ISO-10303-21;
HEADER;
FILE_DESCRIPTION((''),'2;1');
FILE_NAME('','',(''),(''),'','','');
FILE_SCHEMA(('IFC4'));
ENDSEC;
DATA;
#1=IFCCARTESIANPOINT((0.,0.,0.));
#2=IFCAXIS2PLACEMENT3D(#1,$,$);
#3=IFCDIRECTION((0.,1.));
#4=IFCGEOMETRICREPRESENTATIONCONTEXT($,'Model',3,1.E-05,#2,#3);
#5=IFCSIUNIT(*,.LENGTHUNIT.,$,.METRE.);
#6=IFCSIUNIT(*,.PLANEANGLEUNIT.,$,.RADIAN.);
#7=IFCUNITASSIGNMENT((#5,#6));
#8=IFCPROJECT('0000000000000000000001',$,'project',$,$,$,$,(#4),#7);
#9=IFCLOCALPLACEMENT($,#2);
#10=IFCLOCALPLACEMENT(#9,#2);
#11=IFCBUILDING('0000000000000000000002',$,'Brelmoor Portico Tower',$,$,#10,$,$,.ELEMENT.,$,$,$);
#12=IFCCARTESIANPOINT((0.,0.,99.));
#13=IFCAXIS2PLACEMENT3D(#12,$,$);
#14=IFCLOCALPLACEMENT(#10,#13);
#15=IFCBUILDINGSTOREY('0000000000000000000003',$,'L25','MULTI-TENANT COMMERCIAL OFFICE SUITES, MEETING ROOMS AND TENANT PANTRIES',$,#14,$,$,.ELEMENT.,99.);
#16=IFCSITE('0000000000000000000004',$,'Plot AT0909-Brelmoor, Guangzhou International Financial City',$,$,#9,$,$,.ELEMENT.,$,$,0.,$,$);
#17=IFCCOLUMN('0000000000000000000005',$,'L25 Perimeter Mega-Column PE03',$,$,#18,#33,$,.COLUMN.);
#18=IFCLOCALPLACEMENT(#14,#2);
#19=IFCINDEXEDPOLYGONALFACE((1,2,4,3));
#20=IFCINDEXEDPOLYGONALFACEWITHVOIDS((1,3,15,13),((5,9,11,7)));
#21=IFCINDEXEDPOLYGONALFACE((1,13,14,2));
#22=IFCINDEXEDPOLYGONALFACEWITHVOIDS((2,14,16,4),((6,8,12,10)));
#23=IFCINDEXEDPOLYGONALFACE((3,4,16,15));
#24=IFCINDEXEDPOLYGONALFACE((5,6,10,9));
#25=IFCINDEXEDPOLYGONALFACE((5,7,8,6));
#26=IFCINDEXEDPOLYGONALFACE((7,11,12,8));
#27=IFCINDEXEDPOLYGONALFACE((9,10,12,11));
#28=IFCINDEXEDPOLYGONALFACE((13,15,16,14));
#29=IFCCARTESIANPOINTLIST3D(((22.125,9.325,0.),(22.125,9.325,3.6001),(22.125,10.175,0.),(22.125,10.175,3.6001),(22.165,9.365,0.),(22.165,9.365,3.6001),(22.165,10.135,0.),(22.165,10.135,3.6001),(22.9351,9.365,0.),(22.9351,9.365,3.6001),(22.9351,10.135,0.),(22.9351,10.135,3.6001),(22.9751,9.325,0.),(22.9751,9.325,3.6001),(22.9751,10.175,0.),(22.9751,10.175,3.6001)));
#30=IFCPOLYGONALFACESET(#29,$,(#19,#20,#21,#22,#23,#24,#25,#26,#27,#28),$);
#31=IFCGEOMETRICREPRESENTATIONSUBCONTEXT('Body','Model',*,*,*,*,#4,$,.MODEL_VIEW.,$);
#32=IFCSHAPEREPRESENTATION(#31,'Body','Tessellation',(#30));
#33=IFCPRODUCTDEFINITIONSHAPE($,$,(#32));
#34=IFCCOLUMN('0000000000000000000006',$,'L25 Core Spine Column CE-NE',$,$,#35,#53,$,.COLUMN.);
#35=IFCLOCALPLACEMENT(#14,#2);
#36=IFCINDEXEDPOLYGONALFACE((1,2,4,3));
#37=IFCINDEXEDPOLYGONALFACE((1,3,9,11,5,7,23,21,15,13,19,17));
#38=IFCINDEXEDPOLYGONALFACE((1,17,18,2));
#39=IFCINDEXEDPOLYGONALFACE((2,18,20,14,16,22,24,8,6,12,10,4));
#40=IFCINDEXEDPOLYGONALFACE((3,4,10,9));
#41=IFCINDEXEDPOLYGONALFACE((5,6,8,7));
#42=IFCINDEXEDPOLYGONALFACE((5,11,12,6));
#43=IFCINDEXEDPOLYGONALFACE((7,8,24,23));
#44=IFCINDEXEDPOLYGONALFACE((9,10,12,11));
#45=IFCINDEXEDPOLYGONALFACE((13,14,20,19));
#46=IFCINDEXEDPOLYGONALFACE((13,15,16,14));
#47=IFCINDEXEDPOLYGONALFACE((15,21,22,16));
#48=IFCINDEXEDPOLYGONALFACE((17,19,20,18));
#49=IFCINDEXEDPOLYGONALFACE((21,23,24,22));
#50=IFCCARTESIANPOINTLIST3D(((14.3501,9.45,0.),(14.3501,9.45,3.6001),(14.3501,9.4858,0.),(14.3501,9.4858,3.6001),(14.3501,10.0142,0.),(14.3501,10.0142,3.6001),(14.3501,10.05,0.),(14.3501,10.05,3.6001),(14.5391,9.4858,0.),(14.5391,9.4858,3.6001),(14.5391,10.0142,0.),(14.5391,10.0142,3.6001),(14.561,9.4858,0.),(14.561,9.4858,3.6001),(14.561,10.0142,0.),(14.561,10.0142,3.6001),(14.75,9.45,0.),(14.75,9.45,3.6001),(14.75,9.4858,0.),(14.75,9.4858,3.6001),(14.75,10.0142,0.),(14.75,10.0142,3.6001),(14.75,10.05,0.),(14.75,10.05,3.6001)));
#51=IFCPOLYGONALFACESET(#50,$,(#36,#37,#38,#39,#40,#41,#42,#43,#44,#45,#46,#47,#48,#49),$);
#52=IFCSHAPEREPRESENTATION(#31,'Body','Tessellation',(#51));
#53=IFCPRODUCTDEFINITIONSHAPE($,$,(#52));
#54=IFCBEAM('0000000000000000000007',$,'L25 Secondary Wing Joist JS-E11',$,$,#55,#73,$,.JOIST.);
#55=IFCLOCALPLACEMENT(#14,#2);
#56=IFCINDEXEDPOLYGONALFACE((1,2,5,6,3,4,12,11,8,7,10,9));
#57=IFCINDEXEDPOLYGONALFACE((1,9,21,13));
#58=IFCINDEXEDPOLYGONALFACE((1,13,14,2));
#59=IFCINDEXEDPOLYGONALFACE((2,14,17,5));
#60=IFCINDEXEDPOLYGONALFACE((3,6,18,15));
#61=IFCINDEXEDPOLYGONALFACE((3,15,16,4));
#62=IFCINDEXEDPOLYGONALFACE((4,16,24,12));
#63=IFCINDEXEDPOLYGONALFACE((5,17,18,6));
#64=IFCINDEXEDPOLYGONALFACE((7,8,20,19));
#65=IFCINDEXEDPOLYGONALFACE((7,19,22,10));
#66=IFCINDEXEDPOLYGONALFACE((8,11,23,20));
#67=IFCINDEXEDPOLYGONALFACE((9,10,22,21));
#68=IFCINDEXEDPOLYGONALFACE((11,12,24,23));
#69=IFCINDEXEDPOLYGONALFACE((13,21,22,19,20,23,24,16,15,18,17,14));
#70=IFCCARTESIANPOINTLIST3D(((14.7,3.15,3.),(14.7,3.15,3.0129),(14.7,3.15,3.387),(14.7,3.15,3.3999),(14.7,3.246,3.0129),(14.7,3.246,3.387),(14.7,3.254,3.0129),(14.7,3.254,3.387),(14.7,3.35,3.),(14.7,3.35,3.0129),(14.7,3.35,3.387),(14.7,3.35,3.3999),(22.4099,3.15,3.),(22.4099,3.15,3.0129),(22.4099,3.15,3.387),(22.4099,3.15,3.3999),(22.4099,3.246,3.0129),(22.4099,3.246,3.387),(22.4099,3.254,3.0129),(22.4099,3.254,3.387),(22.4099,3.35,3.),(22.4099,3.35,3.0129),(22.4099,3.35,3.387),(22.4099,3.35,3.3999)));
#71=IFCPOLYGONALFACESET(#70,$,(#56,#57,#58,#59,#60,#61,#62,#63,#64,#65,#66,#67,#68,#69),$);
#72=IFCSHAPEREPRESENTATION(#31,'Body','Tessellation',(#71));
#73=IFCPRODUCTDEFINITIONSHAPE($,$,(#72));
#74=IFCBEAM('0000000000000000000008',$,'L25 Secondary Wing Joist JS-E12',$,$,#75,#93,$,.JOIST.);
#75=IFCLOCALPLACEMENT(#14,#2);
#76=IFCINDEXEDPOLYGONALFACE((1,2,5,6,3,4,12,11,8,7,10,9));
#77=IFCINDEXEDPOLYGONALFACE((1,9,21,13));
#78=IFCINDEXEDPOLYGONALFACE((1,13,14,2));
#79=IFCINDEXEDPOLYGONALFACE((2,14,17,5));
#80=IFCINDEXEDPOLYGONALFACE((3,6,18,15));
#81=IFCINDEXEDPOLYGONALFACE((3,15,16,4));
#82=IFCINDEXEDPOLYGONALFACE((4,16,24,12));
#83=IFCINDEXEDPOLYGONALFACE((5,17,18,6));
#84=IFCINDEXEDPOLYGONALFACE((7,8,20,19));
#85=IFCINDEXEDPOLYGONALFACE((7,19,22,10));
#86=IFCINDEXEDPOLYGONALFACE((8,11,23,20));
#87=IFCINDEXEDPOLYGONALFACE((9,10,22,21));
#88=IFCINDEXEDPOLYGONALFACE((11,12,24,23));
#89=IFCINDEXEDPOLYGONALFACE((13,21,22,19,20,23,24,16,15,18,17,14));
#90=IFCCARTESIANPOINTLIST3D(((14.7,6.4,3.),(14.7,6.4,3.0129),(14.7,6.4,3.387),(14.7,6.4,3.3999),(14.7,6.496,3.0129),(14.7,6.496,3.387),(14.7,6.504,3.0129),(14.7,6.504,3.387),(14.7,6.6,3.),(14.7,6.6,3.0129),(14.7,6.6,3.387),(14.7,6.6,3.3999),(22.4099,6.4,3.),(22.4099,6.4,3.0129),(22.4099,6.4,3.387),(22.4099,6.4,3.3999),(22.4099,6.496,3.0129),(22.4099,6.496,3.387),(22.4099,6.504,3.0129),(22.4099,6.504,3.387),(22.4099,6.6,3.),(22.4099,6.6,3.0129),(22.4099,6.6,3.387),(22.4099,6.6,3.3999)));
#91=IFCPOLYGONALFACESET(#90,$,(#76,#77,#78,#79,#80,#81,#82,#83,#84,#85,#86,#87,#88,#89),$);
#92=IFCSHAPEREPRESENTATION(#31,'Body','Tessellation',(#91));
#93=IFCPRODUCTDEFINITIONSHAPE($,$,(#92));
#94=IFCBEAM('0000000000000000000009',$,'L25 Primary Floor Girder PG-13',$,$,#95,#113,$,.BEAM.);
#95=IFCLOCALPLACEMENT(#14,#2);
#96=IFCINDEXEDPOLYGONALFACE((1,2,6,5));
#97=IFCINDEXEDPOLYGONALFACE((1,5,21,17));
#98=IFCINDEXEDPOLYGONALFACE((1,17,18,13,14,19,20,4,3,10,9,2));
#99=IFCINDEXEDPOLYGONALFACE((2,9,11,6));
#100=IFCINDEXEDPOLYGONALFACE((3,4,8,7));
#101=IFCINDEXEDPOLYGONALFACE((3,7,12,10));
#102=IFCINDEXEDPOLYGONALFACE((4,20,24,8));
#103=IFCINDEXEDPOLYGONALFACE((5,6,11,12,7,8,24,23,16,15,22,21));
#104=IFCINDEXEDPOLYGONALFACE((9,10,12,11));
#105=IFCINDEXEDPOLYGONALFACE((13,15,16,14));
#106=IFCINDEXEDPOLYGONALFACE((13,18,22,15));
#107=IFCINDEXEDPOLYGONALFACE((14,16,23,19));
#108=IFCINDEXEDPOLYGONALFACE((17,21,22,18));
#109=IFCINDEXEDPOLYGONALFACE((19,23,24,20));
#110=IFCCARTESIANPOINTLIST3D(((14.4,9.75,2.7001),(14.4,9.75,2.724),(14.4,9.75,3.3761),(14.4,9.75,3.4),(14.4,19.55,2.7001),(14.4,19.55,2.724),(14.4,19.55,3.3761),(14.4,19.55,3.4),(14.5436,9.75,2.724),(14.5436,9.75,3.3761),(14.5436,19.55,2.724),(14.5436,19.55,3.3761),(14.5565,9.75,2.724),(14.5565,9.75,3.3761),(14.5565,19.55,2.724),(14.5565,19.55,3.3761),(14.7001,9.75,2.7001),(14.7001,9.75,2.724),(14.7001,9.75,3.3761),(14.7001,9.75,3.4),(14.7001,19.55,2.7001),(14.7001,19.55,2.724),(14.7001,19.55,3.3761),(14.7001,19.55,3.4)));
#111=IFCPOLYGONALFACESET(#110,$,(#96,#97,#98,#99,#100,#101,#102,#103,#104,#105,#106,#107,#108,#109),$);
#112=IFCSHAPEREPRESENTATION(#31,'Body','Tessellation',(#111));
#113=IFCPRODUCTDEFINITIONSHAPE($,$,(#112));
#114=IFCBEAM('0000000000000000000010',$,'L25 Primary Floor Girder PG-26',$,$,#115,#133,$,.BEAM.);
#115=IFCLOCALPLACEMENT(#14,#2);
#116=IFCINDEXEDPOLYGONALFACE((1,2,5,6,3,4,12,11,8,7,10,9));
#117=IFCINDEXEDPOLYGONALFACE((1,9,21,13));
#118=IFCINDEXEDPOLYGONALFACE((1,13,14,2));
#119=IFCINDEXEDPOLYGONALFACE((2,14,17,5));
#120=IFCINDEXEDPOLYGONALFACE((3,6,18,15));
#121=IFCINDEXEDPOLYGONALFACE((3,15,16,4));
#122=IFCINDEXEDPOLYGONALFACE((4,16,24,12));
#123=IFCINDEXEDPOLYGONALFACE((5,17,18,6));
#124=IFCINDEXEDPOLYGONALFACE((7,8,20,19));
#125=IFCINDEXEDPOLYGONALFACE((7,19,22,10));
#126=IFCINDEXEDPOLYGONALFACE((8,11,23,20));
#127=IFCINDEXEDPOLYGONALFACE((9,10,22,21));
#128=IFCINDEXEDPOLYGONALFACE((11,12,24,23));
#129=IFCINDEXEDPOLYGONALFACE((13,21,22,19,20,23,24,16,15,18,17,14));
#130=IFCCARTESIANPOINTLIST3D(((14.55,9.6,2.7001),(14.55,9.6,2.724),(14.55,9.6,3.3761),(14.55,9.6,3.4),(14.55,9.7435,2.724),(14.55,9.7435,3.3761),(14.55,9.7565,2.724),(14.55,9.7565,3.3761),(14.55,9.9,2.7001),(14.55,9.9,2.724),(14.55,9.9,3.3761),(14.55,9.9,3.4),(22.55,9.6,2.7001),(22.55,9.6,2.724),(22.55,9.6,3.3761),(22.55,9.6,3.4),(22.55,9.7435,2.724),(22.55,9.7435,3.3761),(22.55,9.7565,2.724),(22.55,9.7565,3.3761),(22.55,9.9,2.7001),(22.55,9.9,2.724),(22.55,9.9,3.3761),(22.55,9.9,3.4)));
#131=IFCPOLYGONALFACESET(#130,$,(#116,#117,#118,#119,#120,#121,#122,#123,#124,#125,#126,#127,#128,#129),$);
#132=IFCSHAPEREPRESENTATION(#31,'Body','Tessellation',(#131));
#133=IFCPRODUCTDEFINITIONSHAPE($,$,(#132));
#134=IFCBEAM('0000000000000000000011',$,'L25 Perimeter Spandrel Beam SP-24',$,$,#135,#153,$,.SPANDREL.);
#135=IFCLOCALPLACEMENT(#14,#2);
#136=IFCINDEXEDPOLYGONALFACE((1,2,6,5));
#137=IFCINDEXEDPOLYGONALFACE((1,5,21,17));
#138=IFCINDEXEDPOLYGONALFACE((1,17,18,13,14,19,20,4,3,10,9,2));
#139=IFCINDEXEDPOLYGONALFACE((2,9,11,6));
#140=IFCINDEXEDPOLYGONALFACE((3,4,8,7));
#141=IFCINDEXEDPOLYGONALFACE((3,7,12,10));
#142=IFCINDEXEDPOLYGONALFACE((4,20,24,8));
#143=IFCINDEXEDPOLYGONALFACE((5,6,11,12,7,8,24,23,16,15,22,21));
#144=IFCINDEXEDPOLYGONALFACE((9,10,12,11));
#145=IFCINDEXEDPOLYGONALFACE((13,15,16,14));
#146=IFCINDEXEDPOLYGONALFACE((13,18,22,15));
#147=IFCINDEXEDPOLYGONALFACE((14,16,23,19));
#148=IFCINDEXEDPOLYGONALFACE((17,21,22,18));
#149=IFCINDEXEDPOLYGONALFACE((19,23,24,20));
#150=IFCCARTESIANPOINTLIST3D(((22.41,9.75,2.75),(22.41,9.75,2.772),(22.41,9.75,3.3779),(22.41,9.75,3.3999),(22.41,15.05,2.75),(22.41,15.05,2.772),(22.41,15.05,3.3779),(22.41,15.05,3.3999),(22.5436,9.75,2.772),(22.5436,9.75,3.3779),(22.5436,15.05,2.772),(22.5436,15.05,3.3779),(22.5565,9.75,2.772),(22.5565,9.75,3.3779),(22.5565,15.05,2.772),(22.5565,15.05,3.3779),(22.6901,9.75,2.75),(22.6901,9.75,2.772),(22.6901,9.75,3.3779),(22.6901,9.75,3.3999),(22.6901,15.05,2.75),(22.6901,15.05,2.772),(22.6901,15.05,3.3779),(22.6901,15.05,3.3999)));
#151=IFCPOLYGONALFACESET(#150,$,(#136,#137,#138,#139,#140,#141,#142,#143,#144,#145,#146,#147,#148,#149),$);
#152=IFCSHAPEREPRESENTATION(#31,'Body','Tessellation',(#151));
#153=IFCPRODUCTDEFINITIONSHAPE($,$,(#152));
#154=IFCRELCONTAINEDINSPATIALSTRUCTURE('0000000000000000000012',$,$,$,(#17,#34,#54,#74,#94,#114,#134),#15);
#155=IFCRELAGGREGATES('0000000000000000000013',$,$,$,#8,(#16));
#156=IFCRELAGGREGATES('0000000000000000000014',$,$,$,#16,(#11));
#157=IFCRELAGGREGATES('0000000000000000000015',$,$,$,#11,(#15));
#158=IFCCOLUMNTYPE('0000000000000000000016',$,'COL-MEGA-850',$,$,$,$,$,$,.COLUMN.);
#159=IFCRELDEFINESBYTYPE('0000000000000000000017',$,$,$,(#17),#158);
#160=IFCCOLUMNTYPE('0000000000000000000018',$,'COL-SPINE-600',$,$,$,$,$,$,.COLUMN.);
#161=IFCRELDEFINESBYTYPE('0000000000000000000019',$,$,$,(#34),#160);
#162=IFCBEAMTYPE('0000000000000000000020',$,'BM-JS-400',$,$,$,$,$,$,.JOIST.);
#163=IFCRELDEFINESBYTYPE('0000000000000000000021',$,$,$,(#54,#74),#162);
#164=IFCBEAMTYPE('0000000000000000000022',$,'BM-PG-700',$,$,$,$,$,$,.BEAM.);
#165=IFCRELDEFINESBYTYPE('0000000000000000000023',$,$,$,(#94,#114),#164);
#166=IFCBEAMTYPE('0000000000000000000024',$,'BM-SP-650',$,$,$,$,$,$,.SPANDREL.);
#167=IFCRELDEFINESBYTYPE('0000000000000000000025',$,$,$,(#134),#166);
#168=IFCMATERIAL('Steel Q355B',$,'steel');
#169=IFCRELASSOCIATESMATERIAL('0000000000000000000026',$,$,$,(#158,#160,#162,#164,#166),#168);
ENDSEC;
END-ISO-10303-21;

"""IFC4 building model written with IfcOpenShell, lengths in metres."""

from ifc_helpers import new_model, si_unit, direction, frame, origin, origin_2d, place, context, subcontext, project, spatial, hollow_rectangle, i_section, extrude, material, material_profile, profile_set, type_object, element, save


model = new_model("IFC4")

# Units and contexts
model_context = context("Model", 3, precision=1e-05, world=origin(), true_north=direction((0.0, 1.0)))
body_context = subcontext(model_context, "Body", "Model", "MODEL_VIEW")
ifc_project = project(units=[si_unit("LENGTHUNIT", "METRE"), si_unit("PLANEANGLEUNIT", "RADIAN")], contexts=[model_context])

# Site, building, storey
site_placement = place(None, origin())
site = spatial("IfcSite", under=ifc_project, at=site_placement, Name="Plot AT0909-Brelmoor, Guangzhou International Financial City", CompositionType="ELEMENT", RefElevation=0.0)
building_placement = place(site_placement, origin())
building = spatial("IfcBuilding", under=site, at=building_placement, Name="Brelmoor Portico Tower", CompositionType="ELEMENT")
storey_placement = place(building_placement, frame((0.0, 0.0, 99.0)))
storey = spatial("IfcBuildingStorey", under=building, at=storey_placement, Name="L25", Description="MULTI-TENANT COMMERCIAL OFFICE SUITES, MEETING ROOMS AND TENANT PANTRIES", CompositionType="ELEMENT", Elevation=99.0)

# Columns
ifc_material_1 = material(Name="Steel Q355B", Category="steel")
ifc_material_profile_1 = material_profile(ifc_material_1, hollow_rectangle(XDim=0.8501, YDim=0.8501, WallThickness=0.04, at=origin_2d()), Name="BOX 850x850x40")
ifc_profile_set_1 = profile_set([ifc_material_profile_1], Name="Steel Q355B")
column_type_1 = type_object("IfcColumnType", Name="COL-MEGA-850", PredefinedType="COLUMN", material=ifc_profile_set_1)
column_1_placement = place(storey_placement, frame((22.55, 9.75, 0.0), z_axis=(0.0, 0.0, 1.0), x_axis=(0.0, 1.0, 0.0)))
element("IfcColumn", 1, at=column_1_placement, inside=storey, type_object=column_type_1, Name="L25 Perimeter Mega-Column PE03", PredefinedType="COLUMN", context=body_context, shape_type="SweptSolid", body=[
    extrude(hollow_rectangle(XDim=0.8501, YDim=0.8501, WallThickness=0.04, at=origin_2d()), origin(), (0.0, 0.0, 1.0), 3.6001),
])
ifc_material_profile_2 = material_profile(ifc_material_1, i_section(OverallWidth=0.3999, OverallDepth=0.6001, WebThickness=0.022, FlangeThickness=0.0359, at=origin_2d()), Name="HW 600x400x22x36")
ifc_profile_set_2 = profile_set([ifc_material_profile_2], Name="Steel Q355B")
column_type_2 = type_object("IfcColumnType", Name="COL-SPINE-600", PredefinedType="COLUMN", material=ifc_profile_set_2)
column_2_placement = place(storey_placement, frame((14.55, 9.75, 0.0), z_axis=(0.0, 0.0, 1.0), x_axis=(1.0, 0.0, 0.0)))
element("IfcColumn", 2, at=column_2_placement, inside=storey, type_object=column_type_2, Name="L25 Core Spine Column CE-NE", PredefinedType="COLUMN", context=body_context, shape_type="SweptSolid", body=[
    extrude(i_section(OverallWidth=0.3999, OverallDepth=0.6001, WebThickness=0.022, FlangeThickness=0.0359, at=origin_2d()), origin(), (0.0, 0.0, 1.0), 3.6001),
])

# Beams
ifc_material_profile_3 = material_profile(ifc_material_1, i_section(OverallWidth=0.2, OverallDepth=0.3999, WebThickness=0.0081, FlangeThickness=0.0129, at=origin_2d()), Name="HN 400x200x8x13")
ifc_profile_set_3 = profile_set([ifc_material_profile_3], Name="Steel Q355B")
beam_type_1 = type_object("IfcBeamType", Name="BM-JS-400", PredefinedType="JOIST", material=ifc_profile_set_3)
for number, where, z_axis, x_axis, name in (
    (3, (14.7, 3.25, 3.2), (1.0, 0.0, 0.0), (0.0, 1.0, 0.0), "L25 Secondary Wing Joist JS-E11"),
    (4, (14.7, 6.5, 3.2), (1.0, 0.0, 0.0), (0.0, 1.0, 0.0), "L25 Secondary Wing Joist JS-E12"),
):
    element("IfcBeam", number, at=place(storey_placement, frame(where, z_axis=z_axis, x_axis=x_axis)), inside=storey, type_object=beam_type_1, Name=name, PredefinedType="JOIST", context=body_context, shape_type="SweptSolid", body=[
        extrude(i_section(OverallWidth=0.2, OverallDepth=0.3999, WebThickness=0.0081, FlangeThickness=0.0129, at=origin_2d()), origin(), (0.0, 0.0, 1.0), 7.71),
    ])
ifc_material_profile_4 = material_profile(ifc_material_1, i_section(OverallWidth=0.3, OverallDepth=0.7, WebThickness=0.0129, FlangeThickness=0.0239, at=origin_2d()), Name="HN 700x300x13x24")
ifc_profile_set_4 = profile_set([ifc_material_profile_4], Name="Steel Q355B")
beam_type_2 = type_object("IfcBeamType", Name="BM-PG-700", PredefinedType="BEAM", material=ifc_profile_set_4)
beam_1_placement = place(storey_placement, frame((14.55, 9.75, 3.05), z_axis=(0.0, 1.0, 0.0), x_axis=(-1.0, 0.0, 0.0)))
element("IfcBeam", 5, at=beam_1_placement, inside=storey, type_object=beam_type_2, Name="L25 Primary Floor Girder PG-13", PredefinedType="BEAM", context=body_context, shape_type="SweptSolid", body=[
    extrude(i_section(OverallWidth=0.3, OverallDepth=0.7, WebThickness=0.0129, FlangeThickness=0.0239, at=origin_2d()), origin(), (0.0, 0.0, 1.0), 9.8),
])
beam_2_placement = place(storey_placement, frame((14.55, 9.75, 3.05), z_axis=(1.0, 0.0, 0.0), x_axis=(0.0, 1.0, 0.0)))
element("IfcBeam", 6, at=beam_2_placement, inside=storey, type_object=beam_type_2, Name="L25 Primary Floor Girder PG-26", PredefinedType="BEAM", context=body_context, shape_type="SweptSolid", body=[
    extrude(i_section(OverallWidth=0.3, OverallDepth=0.7, WebThickness=0.0129, FlangeThickness=0.0239, at=origin_2d()), origin(), (0.0, 0.0, 1.0), 8.0),
])
ifc_material_profile_5 = material_profile(ifc_material_1, i_section(OverallWidth=0.28, OverallDepth=0.6499, WebThickness=0.0129, FlangeThickness=0.022, at=origin_2d()), Name="HN 650x280x13x22")
ifc_profile_set_5 = profile_set([ifc_material_profile_5], Name="Steel Q355B")
beam_type_3 = type_object("IfcBeamType", Name="BM-SP-650", PredefinedType="SPANDREL", material=ifc_profile_set_5)
beam_3_placement = place(storey_placement, frame((22.55, 9.75, 3.075), z_axis=(0.0, 1.0, 0.0), x_axis=(-1.0, 0.0, 0.0)))
element("IfcBeam", 7, at=beam_3_placement, inside=storey, type_object=beam_type_3, Name="L25 Perimeter Spandrel Beam SP-24", PredefinedType="SPANDREL", context=body_context, shape_type="SweptSolid", body=[
    extrude(i_section(OverallWidth=0.28, OverallDepth=0.6499, WebThickness=0.0129, FlangeThickness=0.022, at=origin_2d()), origin(), (0.0, 0.0, 1.0), 5.3),
])

save(model, "model.ifc")
